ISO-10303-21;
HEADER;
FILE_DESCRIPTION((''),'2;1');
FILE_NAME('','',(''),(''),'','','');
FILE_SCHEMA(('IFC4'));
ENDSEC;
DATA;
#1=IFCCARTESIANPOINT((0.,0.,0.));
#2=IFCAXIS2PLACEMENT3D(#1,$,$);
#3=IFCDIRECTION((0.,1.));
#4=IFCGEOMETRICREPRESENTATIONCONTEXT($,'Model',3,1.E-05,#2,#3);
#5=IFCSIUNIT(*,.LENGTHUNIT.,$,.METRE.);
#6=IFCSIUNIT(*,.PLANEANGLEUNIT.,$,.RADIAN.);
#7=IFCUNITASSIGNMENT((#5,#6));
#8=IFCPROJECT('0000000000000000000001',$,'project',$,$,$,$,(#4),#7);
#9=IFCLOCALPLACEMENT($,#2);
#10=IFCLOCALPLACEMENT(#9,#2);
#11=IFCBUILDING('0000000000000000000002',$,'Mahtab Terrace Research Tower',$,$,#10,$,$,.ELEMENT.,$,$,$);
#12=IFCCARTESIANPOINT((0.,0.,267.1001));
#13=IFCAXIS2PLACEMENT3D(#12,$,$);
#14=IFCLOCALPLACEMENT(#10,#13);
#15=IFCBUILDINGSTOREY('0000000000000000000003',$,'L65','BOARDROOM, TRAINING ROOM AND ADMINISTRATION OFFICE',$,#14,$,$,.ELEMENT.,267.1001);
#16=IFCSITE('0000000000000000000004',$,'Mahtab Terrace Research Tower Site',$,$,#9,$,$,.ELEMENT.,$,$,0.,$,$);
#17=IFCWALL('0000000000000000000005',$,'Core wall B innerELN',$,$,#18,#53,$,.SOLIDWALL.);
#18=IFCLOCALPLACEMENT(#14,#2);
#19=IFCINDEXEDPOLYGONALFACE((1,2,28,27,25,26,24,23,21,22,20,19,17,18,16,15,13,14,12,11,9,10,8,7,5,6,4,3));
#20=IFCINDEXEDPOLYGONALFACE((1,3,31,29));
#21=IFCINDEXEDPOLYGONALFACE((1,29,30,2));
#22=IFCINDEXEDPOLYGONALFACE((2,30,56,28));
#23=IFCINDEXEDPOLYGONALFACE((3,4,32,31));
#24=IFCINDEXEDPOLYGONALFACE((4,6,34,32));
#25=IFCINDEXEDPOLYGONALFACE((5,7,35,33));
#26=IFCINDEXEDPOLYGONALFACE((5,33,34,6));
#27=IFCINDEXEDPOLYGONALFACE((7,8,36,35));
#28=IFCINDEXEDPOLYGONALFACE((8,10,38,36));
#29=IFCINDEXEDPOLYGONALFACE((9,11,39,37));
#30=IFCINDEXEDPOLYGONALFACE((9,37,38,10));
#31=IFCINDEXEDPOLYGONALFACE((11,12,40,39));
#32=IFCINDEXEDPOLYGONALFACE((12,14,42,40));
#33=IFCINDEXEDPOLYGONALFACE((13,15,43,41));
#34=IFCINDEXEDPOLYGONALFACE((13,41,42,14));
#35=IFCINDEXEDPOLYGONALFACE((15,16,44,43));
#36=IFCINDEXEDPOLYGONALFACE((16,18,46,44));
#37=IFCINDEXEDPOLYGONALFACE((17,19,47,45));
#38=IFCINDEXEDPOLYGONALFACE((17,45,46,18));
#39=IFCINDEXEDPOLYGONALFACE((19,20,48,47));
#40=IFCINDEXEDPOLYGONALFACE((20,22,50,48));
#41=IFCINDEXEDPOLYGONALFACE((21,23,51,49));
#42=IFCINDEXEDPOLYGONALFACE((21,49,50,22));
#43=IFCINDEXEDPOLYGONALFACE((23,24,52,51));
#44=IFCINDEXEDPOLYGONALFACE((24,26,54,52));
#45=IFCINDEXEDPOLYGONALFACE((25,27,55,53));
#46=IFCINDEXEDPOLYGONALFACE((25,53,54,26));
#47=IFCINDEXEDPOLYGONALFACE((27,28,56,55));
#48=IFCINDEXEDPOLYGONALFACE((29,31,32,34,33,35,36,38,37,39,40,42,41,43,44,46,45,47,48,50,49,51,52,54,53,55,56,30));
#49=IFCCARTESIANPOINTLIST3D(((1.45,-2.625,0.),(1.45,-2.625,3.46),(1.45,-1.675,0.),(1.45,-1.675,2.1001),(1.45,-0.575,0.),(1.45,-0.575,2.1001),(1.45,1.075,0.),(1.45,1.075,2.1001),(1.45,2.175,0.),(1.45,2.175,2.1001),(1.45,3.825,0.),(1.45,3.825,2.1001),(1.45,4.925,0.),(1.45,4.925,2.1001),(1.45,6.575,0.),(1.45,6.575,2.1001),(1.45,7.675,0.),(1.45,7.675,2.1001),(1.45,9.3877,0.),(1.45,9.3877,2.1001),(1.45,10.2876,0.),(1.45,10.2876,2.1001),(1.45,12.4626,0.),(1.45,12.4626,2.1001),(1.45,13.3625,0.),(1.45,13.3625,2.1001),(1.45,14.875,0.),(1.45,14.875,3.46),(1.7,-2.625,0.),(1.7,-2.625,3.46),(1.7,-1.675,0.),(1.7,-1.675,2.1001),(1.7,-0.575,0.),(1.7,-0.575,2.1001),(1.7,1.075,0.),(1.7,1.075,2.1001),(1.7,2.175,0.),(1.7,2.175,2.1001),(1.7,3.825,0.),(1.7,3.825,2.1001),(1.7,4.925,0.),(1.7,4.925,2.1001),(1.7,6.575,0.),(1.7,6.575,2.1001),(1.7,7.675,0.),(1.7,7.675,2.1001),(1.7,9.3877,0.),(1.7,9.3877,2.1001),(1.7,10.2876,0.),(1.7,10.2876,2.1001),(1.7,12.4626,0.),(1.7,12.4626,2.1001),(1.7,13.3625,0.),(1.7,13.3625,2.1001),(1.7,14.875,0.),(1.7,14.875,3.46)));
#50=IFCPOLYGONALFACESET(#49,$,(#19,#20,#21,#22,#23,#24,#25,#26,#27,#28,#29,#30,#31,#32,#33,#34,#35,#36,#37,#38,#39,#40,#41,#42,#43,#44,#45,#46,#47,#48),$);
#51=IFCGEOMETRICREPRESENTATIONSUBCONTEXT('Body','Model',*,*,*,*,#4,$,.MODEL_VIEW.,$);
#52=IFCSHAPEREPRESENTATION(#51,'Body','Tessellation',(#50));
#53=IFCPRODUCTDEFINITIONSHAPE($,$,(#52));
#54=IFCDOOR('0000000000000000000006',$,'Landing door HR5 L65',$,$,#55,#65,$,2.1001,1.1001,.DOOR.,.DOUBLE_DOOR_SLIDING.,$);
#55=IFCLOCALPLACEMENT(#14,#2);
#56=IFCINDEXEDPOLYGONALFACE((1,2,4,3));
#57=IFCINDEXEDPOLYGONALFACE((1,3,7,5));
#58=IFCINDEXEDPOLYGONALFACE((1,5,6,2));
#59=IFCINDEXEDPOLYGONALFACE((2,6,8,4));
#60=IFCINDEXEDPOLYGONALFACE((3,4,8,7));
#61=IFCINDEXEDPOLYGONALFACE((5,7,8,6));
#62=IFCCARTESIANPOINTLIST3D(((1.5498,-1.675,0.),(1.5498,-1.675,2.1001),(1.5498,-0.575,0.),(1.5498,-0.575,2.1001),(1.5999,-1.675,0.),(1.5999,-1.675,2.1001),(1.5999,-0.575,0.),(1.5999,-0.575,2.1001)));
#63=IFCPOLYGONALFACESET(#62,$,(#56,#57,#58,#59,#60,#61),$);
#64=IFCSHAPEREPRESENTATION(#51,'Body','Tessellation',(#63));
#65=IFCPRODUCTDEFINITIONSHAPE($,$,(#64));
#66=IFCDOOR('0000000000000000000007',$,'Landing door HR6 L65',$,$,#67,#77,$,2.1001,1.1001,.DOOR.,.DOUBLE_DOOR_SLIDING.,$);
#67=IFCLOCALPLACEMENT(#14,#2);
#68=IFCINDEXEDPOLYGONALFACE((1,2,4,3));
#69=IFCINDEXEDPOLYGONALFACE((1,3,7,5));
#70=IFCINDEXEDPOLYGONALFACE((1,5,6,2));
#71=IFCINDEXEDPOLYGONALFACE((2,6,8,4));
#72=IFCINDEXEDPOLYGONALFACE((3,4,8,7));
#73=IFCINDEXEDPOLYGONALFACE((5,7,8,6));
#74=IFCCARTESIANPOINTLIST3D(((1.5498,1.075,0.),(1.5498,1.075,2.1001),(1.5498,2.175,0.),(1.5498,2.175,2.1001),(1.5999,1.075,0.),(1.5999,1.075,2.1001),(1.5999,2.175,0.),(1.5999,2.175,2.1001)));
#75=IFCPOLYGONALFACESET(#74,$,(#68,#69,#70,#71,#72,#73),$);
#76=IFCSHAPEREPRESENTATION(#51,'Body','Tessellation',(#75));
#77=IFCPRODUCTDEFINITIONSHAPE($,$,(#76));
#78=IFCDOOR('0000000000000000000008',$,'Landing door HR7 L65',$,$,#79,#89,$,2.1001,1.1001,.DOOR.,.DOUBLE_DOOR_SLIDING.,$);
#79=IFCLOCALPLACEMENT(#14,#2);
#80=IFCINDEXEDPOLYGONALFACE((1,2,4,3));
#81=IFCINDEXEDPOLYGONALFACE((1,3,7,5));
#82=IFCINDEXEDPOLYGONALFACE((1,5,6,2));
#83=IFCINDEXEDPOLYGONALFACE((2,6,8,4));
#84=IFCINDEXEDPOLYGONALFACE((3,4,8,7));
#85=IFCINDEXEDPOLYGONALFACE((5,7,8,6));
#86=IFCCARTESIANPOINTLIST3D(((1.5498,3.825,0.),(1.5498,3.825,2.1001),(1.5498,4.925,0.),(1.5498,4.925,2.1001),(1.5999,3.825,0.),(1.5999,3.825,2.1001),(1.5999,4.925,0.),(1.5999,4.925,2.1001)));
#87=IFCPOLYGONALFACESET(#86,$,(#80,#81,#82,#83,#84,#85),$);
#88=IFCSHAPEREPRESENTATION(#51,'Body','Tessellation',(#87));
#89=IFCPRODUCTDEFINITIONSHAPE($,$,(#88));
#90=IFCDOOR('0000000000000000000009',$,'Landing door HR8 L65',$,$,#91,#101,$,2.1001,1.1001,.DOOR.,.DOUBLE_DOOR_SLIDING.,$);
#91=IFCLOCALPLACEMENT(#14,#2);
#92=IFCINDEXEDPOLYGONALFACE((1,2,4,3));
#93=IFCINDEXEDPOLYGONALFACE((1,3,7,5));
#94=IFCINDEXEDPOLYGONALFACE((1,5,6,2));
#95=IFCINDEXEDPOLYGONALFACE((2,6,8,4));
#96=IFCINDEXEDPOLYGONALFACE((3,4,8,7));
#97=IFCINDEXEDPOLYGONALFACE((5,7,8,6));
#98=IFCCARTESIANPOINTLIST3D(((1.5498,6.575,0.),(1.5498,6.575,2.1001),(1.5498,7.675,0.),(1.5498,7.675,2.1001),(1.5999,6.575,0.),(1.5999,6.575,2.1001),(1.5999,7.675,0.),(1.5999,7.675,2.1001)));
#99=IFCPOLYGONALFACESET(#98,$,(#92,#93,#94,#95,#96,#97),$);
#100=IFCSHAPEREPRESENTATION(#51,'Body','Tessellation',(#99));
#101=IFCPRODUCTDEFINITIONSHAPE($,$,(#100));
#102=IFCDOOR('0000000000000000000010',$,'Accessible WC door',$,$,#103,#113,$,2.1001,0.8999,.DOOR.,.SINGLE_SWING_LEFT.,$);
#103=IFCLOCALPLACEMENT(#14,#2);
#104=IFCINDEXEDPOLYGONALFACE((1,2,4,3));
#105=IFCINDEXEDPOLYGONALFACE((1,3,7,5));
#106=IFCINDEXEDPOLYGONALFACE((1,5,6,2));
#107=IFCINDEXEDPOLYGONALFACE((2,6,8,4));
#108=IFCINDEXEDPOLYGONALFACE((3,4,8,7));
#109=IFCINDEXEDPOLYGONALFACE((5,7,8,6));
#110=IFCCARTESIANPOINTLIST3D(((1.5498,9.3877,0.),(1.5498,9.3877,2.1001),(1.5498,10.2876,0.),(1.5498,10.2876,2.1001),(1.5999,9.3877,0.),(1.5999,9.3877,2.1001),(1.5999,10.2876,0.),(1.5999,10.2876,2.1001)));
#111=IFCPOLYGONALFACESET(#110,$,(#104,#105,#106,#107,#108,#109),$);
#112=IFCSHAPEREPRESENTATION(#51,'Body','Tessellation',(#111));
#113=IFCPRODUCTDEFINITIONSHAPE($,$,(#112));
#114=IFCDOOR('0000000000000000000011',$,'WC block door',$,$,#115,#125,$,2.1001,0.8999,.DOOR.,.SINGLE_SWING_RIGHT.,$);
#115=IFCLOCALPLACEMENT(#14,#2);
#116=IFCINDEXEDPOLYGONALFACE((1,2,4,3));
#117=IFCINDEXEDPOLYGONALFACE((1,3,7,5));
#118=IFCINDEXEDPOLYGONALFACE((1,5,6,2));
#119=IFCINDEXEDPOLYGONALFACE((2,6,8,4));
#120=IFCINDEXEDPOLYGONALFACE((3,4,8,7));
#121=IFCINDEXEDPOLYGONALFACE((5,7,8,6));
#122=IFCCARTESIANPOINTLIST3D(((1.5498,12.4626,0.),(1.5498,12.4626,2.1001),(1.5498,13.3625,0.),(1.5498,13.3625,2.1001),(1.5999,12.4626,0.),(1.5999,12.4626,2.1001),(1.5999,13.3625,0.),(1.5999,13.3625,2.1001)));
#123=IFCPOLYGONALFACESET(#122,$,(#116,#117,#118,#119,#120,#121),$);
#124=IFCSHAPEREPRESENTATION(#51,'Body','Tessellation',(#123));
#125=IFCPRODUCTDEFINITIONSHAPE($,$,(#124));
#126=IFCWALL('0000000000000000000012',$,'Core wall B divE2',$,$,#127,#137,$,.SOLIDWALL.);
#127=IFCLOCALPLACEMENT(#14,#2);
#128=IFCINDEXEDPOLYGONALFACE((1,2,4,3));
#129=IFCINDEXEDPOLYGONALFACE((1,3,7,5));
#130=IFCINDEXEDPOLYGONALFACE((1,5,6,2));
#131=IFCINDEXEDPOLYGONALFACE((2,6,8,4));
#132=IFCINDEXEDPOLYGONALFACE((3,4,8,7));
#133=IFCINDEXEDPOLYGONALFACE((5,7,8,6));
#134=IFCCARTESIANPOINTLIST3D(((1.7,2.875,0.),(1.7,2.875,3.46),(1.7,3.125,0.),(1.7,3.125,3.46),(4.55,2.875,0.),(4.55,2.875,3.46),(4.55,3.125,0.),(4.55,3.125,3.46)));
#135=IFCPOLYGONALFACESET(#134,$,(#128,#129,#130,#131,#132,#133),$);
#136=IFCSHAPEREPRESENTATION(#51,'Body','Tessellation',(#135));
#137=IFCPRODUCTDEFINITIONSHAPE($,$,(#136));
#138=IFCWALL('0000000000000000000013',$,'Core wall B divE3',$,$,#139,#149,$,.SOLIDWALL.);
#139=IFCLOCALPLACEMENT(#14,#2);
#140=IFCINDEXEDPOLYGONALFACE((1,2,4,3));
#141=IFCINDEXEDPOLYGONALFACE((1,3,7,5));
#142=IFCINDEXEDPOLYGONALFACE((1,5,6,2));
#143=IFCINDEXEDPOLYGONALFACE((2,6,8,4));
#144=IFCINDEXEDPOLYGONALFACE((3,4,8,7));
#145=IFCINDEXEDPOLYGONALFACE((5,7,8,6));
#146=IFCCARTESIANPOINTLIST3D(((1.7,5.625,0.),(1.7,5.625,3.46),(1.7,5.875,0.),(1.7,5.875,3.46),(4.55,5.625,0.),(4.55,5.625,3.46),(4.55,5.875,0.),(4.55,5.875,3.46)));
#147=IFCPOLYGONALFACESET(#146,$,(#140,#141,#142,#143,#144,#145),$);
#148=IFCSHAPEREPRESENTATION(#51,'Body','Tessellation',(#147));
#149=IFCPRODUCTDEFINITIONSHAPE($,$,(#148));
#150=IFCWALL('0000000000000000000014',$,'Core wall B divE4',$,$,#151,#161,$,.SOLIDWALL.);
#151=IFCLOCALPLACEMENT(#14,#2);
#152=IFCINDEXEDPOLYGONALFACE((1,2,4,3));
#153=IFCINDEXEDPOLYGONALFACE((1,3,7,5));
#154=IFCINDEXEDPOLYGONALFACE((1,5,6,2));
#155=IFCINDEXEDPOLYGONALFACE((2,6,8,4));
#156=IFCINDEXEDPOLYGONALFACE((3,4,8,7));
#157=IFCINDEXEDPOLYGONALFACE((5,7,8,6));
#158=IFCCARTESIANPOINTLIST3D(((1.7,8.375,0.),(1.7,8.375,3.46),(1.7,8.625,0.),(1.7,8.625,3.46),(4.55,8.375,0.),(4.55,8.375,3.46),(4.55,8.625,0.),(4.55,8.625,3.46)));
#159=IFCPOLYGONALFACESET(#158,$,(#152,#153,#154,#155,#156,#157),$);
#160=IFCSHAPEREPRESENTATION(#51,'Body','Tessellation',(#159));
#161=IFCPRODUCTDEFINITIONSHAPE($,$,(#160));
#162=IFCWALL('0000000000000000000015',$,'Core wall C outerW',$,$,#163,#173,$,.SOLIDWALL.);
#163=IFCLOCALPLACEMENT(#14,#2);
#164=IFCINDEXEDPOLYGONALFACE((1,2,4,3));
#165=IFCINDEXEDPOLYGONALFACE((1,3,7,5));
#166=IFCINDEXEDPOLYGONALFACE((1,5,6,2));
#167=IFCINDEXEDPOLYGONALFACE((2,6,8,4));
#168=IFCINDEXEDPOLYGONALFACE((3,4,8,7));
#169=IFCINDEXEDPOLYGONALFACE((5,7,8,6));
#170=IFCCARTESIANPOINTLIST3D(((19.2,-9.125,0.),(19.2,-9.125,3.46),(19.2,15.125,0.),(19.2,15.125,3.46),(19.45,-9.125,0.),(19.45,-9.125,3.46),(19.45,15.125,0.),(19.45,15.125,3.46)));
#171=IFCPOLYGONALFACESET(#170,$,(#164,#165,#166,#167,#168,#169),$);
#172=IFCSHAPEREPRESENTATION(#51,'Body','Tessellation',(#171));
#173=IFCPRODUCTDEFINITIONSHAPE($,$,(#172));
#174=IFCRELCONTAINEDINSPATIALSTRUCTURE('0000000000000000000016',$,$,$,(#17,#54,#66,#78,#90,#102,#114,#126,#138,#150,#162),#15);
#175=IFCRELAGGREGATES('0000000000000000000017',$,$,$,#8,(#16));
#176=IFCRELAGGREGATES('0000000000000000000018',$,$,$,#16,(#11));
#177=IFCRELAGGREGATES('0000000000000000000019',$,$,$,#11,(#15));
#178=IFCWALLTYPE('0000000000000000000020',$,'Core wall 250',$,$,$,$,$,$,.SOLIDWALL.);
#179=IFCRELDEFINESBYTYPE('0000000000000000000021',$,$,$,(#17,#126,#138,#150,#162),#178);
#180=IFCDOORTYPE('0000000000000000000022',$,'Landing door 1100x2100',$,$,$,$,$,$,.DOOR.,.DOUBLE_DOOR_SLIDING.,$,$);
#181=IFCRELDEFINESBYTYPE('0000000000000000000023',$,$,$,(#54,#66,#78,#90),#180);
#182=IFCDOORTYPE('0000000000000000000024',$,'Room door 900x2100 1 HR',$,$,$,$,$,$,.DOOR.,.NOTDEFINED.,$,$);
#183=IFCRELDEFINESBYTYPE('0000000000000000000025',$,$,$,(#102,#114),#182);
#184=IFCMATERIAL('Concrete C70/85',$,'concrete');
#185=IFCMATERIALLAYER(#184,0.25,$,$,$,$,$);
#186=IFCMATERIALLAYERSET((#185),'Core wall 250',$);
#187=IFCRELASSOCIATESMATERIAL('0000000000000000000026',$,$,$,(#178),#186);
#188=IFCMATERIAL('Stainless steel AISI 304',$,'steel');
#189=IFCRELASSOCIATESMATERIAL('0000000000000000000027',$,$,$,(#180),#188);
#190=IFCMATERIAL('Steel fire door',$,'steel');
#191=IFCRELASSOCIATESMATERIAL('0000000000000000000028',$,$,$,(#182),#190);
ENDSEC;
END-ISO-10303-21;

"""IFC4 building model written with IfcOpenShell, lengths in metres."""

from ifc_helpers import new_model, si_unit, direction, frame, frame_2d, origin, place, context, subcontext, project, spatial, rectangle, extrude, material, layer, layer_set, type_object, element, fill, save


model = new_model("IFC4")

# Units and contexts
model_context = context("Model", 3, precision=1e-05, world=origin(), true_north=direction((0.0, 1.0)))
body_context = subcontext(model_context, "Body", "Model", "MODEL_VIEW")
ifc_project = project(units=[si_unit("LENGTHUNIT", "METRE"), si_unit("PLANEANGLEUNIT", "RADIAN")], contexts=[model_context])

# Site, building, storey
site_placement = place(None, origin())
site = spatial("IfcSite", under=ifc_project, at=site_placement, Name="Mahtab Terrace Research Tower Site", CompositionType="ELEMENT", RefElevation=0.0)
building_placement = place(site_placement, origin())
building = spatial("IfcBuilding", under=site, at=building_placement, Name="Mahtab Terrace Research Tower", CompositionType="ELEMENT")
storey_placement = place(building_placement, frame((0.0, 0.0, 267.1001)))
storey = spatial("IfcBuildingStorey", under=building, at=storey_placement, Name="L65", Description="BOARDROOM, TRAINING ROOM AND ADMINISTRATION OFFICE", CompositionType="ELEMENT", Elevation=267.1001)

# Shared definitions
ifc_material_1 = material(Name="Concrete C70/85", Category="concrete")

# Wall, openings, doors
ifc_layer_1 = layer(ifc_material_1, 0.25)
ifc_layer_set_1 = layer_set([ifc_layer_1], Name="Core wall 250")
wall_type_1 = type_object("IfcWallType", Name="Core wall 250", PredefinedType="SOLIDWALL", material=ifc_layer_set_1)
wall_1_placement = place(storey_placement, frame((1.575, 14.875, 0.0), z_axis=(0.0, 0.0, 1.0), x_axis=(0.0, -1.0, 0.0)))
wall_1 = element("IfcWall", 1, at=wall_1_placement, inside=storey, type_object=wall_type_1, Name="Core wall B innerELN", PredefinedType="SOLIDWALL", context=body_context, shape_type="SweptSolid", body=[
    extrude(rectangle(XDim=17.5, YDim=0.25, at=frame_2d((8.75, 0.0))), origin(), (0.0, 0.0, 1.0), 3.46),
])
opening_1_placement = place(wall_1_placement, frame((15.45, 0.0, 0.0)))
opening_1 = element("IfcOpeningElement", 2, at=opening_1_placement, cuts=wall_1, PredefinedType="OPENING", context=body_context, shape_type="SweptSolid", body=[
    extrude(rectangle(XDim=1.1001, YDim=2.1001, at=frame_2d((0.55, 1.05))), frame((0.0, 0.135, 0.0), z_axis=(0.0, -1.0, 0.0), x_axis=(1.0, 0.0, 0.0)), (0.0, 0.0, 1.0), 0.27),
])
opening_2_placement = place(wall_1_placement, frame((12.7, 0.0, 0.0)))
opening_2 = element("IfcOpeningElement", 3, at=opening_2_placement, cuts=wall_1, PredefinedType="OPENING", context=body_context, shape_type="SweptSolid", body=[
    extrude(rectangle(XDim=1.1001, YDim=2.1001, at=frame_2d((0.55, 1.05))), frame((0.0, 0.135, 0.0), z_axis=(0.0, -1.0, 0.0), x_axis=(1.0, 0.0, 0.0)), (0.0, 0.0, 1.0), 0.27),
])
opening_3_placement = place(wall_1_placement, frame((9.95, 0.0, 0.0)))
opening_3 = element("IfcOpeningElement", 4, at=opening_3_placement, cuts=wall_1, PredefinedType="OPENING", context=body_context, shape_type="SweptSolid", body=[
    extrude(rectangle(XDim=1.1001, YDim=2.1001, at=frame_2d((0.55, 1.05))), frame((0.0, 0.135, 0.0), z_axis=(0.0, -1.0, 0.0), x_axis=(1.0, 0.0, 0.0)), (0.0, 0.0, 1.0), 0.27),
])
opening_4_placement = place(wall_1_placement, frame((7.2, 0.0, 0.0)))
opening_4 = element("IfcOpeningElement", 5, at=opening_4_placement, cuts=wall_1, PredefinedType="OPENING", context=body_context, shape_type="SweptSolid", body=[
    extrude(rectangle(XDim=1.1001, YDim=2.1001, at=frame_2d((0.55, 1.05))), frame((0.0, 0.135, 0.0), z_axis=(0.0, -1.0, 0.0), x_axis=(1.0, 0.0, 0.0)), (0.0, 0.0, 1.0), 0.27),
])
opening_5_placement = place(wall_1_placement, frame((4.5874, 0.0, 0.0)))
opening_5 = element("IfcOpeningElement", 6, at=opening_5_placement, cuts=wall_1, PredefinedType="OPENING", context=body_context, shape_type="SweptSolid", body=[
    extrude(rectangle(XDim=0.8999, YDim=2.1001, at=frame_2d((0.45, 1.05))), frame((0.0, 0.135, 0.0), z_axis=(0.0, -1.0, 0.0), x_axis=(1.0, 0.0, 0.0)), (0.0, 0.0, 1.0), 0.27),
])
opening_6_placement = place(wall_1_placement, frame((1.5125, 0.0, 0.0)))
opening_6 = element("IfcOpeningElement", 7, at=opening_6_placement, cuts=wall_1, PredefinedType="OPENING", context=body_context, shape_type="SweptSolid", body=[
    extrude(rectangle(XDim=0.8999, YDim=2.1001, at=frame_2d((0.45, 1.05))), frame((0.0, 0.135, 0.0), z_axis=(0.0, -1.0, 0.0), x_axis=(1.0, 0.0, 0.0)), (0.0, 0.0, 1.0), 0.27),
])
ifc_material_2 = material(Name="Stainless steel AISI 304", Category="steel")
door_type_1 = type_object("IfcDoorType", Name="Landing door 1100x2100", OperationType="DOUBLE_DOOR_SLIDING", PredefinedType="DOOR", material=ifc_material_2)
door_1_placement = place(opening_1_placement, origin())
door_1 = element("IfcDoor", 8, at=door_1_placement, inside=storey, type_object=door_type_1, Name="Landing door HR5 L65", OperationType="DOUBLE_DOOR_SLIDING", OverallHeight=2.1001, OverallWidth=1.1001, PredefinedType="DOOR", context=body_context, shape_type="SweptSolid", body=[
    extrude(rectangle(XDim=1.1001, YDim=2.1001, at=frame_2d((0.55, 1.05))), frame((0.0, 0.0249, 0.0), z_axis=(0.0, -1.0, 0.0), x_axis=(1.0, 0.0, 0.0)), (0.0, 0.0, 1.0), 0.05),
])
fill(opening_1, door_1)
door_2_placement = place(opening_2_placement, origin())
door_2 = element("IfcDoor", 9, at=door_2_placement, inside=storey, type_object=door_type_1, Name="Landing door HR6 L65", OperationType="DOUBLE_DOOR_SLIDING", OverallHeight=2.1001, OverallWidth=1.1001, PredefinedType="DOOR", context=body_context, shape_type="SweptSolid", body=[
    extrude(rectangle(XDim=1.1001, YDim=2.1001, at=frame_2d((0.55, 1.05))), frame((0.0, 0.0249, 0.0), z_axis=(0.0, -1.0, 0.0), x_axis=(1.0, 0.0, 0.0)), (0.0, 0.0, 1.0), 0.05),
])
fill(opening_2, door_2)
door_3_placement = place(opening_3_placement, origin())
door_3 = element("IfcDoor", 10, at=door_3_placement, inside=storey, type_object=door_type_1, Name="Landing door HR7 L65", OperationType="DOUBLE_DOOR_SLIDING", OverallHeight=2.1001, OverallWidth=1.1001, PredefinedType="DOOR", context=body_context, shape_type="SweptSolid", body=[
    extrude(rectangle(XDim=1.1001, YDim=2.1001, at=frame_2d((0.55, 1.05))), frame((0.0, 0.0249, 0.0), z_axis=(0.0, -1.0, 0.0), x_axis=(1.0, 0.0, 0.0)), (0.0, 0.0, 1.0), 0.05),
])
fill(opening_3, door_3)
door_4_placement = place(opening_4_placement, origin())
door_4 = element("IfcDoor", 11, at=door_4_placement, inside=storey, type_object=door_type_1, Name="Landing door HR8 L65", OperationType="DOUBLE_DOOR_SLIDING", OverallHeight=2.1001, OverallWidth=1.1001, PredefinedType="DOOR", context=body_context, shape_type="SweptSolid", body=[
    extrude(rectangle(XDim=1.1001, YDim=2.1001, at=frame_2d((0.55, 1.05))), frame((0.0, 0.0249, 0.0), z_axis=(0.0, -1.0, 0.0), x_axis=(1.0, 0.0, 0.0)), (0.0, 0.0, 1.0), 0.05),
])
fill(opening_4, door_4)
ifc_material_3 = material(Name="Steel fire door", Category="steel")
door_type_2 = type_object("IfcDoorType", Name="Room door 900x2100 1 HR", OperationType="NOTDEFINED", PredefinedType="DOOR", material=ifc_material_3)
door_5_placement = place(opening_5_placement, origin())
door_5 = element("IfcDoor", 12, at=door_5_placement, inside=storey, type_object=door_type_2, Name="Accessible WC door", OperationType="SINGLE_SWING_LEFT", OverallHeight=2.1001, OverallWidth=0.8999, PredefinedType="DOOR", context=body_context, shape_type="SweptSolid", body=[
    extrude(rectangle(XDim=0.8999, YDim=2.1001, at=frame_2d((0.45, 1.05))), frame((0.0, 0.0249, 0.0), z_axis=(0.0, -1.0, 0.0), x_axis=(1.0, 0.0, 0.0)), (0.0, 0.0, 1.0), 0.05),
])
fill(opening_5, door_5)
door_6_placement = place(opening_6_placement, origin())
door_6 = element("IfcDoor", 13, at=door_6_placement, inside=storey, type_object=door_type_2, Name="WC block door", OperationType="SINGLE_SWING_RIGHT", OverallHeight=2.1001, OverallWidth=0.8999, PredefinedType="DOOR", context=body_context, shape_type="SweptSolid", body=[
    extrude(rectangle(XDim=0.8999, YDim=2.1001, at=frame_2d((0.45, 1.05))), frame((0.0, 0.0249, 0.0), z_axis=(0.0, -1.0, 0.0), x_axis=(1.0, 0.0, 0.0)), (0.0, 0.0, 1.0), 0.05),
])
fill(opening_6, door_6)

# Walls
for number, where, z_axis, x_axis, name in (
    (14, (1.7, 3.0, 0.0), (0.0, 0.0, 1.0), (1.0, 0.0, 0.0), "Core wall B divE2"),
    (15, (1.7, 5.75, 0.0), (0.0, 0.0, 1.0), (1.0, 0.0, 0.0), "Core wall B divE3"),
    (16, (1.7, 8.5, 0.0), (0.0, 0.0, 1.0), (1.0, 0.0, 0.0), "Core wall B divE4"),
):
    element("IfcWall", number, at=place(storey_placement, frame(where, z_axis=z_axis, x_axis=x_axis)), inside=storey, type_object=wall_type_1, Name=name, PredefinedType="SOLIDWALL", context=body_context, shape_type="SweptSolid", body=[
        extrude(rectangle(XDim=2.8501, YDim=0.25, at=frame_2d((1.425, 0.0))), origin(), (0.0, 0.0, 1.0), 3.46),
    ])
wall_2_placement = place(storey_placement, frame((19.325, 15.125, 0.0), z_axis=(0.0, 0.0, 1.0), x_axis=(0.0, -1.0, 0.0)))
element("IfcWall", 17, at=wall_2_placement, inside=storey, type_object=wall_type_1, Name="Core wall C outerW", PredefinedType="SOLIDWALL", context=body_context, shape_type="SweptSolid", body=[
    extrude(rectangle(XDim=24.25, YDim=0.25, at=frame_2d((12.125, 0.0))), origin(), (0.0, 0.0, 1.0), 3.46),
])

save(model, "model.ifc")
